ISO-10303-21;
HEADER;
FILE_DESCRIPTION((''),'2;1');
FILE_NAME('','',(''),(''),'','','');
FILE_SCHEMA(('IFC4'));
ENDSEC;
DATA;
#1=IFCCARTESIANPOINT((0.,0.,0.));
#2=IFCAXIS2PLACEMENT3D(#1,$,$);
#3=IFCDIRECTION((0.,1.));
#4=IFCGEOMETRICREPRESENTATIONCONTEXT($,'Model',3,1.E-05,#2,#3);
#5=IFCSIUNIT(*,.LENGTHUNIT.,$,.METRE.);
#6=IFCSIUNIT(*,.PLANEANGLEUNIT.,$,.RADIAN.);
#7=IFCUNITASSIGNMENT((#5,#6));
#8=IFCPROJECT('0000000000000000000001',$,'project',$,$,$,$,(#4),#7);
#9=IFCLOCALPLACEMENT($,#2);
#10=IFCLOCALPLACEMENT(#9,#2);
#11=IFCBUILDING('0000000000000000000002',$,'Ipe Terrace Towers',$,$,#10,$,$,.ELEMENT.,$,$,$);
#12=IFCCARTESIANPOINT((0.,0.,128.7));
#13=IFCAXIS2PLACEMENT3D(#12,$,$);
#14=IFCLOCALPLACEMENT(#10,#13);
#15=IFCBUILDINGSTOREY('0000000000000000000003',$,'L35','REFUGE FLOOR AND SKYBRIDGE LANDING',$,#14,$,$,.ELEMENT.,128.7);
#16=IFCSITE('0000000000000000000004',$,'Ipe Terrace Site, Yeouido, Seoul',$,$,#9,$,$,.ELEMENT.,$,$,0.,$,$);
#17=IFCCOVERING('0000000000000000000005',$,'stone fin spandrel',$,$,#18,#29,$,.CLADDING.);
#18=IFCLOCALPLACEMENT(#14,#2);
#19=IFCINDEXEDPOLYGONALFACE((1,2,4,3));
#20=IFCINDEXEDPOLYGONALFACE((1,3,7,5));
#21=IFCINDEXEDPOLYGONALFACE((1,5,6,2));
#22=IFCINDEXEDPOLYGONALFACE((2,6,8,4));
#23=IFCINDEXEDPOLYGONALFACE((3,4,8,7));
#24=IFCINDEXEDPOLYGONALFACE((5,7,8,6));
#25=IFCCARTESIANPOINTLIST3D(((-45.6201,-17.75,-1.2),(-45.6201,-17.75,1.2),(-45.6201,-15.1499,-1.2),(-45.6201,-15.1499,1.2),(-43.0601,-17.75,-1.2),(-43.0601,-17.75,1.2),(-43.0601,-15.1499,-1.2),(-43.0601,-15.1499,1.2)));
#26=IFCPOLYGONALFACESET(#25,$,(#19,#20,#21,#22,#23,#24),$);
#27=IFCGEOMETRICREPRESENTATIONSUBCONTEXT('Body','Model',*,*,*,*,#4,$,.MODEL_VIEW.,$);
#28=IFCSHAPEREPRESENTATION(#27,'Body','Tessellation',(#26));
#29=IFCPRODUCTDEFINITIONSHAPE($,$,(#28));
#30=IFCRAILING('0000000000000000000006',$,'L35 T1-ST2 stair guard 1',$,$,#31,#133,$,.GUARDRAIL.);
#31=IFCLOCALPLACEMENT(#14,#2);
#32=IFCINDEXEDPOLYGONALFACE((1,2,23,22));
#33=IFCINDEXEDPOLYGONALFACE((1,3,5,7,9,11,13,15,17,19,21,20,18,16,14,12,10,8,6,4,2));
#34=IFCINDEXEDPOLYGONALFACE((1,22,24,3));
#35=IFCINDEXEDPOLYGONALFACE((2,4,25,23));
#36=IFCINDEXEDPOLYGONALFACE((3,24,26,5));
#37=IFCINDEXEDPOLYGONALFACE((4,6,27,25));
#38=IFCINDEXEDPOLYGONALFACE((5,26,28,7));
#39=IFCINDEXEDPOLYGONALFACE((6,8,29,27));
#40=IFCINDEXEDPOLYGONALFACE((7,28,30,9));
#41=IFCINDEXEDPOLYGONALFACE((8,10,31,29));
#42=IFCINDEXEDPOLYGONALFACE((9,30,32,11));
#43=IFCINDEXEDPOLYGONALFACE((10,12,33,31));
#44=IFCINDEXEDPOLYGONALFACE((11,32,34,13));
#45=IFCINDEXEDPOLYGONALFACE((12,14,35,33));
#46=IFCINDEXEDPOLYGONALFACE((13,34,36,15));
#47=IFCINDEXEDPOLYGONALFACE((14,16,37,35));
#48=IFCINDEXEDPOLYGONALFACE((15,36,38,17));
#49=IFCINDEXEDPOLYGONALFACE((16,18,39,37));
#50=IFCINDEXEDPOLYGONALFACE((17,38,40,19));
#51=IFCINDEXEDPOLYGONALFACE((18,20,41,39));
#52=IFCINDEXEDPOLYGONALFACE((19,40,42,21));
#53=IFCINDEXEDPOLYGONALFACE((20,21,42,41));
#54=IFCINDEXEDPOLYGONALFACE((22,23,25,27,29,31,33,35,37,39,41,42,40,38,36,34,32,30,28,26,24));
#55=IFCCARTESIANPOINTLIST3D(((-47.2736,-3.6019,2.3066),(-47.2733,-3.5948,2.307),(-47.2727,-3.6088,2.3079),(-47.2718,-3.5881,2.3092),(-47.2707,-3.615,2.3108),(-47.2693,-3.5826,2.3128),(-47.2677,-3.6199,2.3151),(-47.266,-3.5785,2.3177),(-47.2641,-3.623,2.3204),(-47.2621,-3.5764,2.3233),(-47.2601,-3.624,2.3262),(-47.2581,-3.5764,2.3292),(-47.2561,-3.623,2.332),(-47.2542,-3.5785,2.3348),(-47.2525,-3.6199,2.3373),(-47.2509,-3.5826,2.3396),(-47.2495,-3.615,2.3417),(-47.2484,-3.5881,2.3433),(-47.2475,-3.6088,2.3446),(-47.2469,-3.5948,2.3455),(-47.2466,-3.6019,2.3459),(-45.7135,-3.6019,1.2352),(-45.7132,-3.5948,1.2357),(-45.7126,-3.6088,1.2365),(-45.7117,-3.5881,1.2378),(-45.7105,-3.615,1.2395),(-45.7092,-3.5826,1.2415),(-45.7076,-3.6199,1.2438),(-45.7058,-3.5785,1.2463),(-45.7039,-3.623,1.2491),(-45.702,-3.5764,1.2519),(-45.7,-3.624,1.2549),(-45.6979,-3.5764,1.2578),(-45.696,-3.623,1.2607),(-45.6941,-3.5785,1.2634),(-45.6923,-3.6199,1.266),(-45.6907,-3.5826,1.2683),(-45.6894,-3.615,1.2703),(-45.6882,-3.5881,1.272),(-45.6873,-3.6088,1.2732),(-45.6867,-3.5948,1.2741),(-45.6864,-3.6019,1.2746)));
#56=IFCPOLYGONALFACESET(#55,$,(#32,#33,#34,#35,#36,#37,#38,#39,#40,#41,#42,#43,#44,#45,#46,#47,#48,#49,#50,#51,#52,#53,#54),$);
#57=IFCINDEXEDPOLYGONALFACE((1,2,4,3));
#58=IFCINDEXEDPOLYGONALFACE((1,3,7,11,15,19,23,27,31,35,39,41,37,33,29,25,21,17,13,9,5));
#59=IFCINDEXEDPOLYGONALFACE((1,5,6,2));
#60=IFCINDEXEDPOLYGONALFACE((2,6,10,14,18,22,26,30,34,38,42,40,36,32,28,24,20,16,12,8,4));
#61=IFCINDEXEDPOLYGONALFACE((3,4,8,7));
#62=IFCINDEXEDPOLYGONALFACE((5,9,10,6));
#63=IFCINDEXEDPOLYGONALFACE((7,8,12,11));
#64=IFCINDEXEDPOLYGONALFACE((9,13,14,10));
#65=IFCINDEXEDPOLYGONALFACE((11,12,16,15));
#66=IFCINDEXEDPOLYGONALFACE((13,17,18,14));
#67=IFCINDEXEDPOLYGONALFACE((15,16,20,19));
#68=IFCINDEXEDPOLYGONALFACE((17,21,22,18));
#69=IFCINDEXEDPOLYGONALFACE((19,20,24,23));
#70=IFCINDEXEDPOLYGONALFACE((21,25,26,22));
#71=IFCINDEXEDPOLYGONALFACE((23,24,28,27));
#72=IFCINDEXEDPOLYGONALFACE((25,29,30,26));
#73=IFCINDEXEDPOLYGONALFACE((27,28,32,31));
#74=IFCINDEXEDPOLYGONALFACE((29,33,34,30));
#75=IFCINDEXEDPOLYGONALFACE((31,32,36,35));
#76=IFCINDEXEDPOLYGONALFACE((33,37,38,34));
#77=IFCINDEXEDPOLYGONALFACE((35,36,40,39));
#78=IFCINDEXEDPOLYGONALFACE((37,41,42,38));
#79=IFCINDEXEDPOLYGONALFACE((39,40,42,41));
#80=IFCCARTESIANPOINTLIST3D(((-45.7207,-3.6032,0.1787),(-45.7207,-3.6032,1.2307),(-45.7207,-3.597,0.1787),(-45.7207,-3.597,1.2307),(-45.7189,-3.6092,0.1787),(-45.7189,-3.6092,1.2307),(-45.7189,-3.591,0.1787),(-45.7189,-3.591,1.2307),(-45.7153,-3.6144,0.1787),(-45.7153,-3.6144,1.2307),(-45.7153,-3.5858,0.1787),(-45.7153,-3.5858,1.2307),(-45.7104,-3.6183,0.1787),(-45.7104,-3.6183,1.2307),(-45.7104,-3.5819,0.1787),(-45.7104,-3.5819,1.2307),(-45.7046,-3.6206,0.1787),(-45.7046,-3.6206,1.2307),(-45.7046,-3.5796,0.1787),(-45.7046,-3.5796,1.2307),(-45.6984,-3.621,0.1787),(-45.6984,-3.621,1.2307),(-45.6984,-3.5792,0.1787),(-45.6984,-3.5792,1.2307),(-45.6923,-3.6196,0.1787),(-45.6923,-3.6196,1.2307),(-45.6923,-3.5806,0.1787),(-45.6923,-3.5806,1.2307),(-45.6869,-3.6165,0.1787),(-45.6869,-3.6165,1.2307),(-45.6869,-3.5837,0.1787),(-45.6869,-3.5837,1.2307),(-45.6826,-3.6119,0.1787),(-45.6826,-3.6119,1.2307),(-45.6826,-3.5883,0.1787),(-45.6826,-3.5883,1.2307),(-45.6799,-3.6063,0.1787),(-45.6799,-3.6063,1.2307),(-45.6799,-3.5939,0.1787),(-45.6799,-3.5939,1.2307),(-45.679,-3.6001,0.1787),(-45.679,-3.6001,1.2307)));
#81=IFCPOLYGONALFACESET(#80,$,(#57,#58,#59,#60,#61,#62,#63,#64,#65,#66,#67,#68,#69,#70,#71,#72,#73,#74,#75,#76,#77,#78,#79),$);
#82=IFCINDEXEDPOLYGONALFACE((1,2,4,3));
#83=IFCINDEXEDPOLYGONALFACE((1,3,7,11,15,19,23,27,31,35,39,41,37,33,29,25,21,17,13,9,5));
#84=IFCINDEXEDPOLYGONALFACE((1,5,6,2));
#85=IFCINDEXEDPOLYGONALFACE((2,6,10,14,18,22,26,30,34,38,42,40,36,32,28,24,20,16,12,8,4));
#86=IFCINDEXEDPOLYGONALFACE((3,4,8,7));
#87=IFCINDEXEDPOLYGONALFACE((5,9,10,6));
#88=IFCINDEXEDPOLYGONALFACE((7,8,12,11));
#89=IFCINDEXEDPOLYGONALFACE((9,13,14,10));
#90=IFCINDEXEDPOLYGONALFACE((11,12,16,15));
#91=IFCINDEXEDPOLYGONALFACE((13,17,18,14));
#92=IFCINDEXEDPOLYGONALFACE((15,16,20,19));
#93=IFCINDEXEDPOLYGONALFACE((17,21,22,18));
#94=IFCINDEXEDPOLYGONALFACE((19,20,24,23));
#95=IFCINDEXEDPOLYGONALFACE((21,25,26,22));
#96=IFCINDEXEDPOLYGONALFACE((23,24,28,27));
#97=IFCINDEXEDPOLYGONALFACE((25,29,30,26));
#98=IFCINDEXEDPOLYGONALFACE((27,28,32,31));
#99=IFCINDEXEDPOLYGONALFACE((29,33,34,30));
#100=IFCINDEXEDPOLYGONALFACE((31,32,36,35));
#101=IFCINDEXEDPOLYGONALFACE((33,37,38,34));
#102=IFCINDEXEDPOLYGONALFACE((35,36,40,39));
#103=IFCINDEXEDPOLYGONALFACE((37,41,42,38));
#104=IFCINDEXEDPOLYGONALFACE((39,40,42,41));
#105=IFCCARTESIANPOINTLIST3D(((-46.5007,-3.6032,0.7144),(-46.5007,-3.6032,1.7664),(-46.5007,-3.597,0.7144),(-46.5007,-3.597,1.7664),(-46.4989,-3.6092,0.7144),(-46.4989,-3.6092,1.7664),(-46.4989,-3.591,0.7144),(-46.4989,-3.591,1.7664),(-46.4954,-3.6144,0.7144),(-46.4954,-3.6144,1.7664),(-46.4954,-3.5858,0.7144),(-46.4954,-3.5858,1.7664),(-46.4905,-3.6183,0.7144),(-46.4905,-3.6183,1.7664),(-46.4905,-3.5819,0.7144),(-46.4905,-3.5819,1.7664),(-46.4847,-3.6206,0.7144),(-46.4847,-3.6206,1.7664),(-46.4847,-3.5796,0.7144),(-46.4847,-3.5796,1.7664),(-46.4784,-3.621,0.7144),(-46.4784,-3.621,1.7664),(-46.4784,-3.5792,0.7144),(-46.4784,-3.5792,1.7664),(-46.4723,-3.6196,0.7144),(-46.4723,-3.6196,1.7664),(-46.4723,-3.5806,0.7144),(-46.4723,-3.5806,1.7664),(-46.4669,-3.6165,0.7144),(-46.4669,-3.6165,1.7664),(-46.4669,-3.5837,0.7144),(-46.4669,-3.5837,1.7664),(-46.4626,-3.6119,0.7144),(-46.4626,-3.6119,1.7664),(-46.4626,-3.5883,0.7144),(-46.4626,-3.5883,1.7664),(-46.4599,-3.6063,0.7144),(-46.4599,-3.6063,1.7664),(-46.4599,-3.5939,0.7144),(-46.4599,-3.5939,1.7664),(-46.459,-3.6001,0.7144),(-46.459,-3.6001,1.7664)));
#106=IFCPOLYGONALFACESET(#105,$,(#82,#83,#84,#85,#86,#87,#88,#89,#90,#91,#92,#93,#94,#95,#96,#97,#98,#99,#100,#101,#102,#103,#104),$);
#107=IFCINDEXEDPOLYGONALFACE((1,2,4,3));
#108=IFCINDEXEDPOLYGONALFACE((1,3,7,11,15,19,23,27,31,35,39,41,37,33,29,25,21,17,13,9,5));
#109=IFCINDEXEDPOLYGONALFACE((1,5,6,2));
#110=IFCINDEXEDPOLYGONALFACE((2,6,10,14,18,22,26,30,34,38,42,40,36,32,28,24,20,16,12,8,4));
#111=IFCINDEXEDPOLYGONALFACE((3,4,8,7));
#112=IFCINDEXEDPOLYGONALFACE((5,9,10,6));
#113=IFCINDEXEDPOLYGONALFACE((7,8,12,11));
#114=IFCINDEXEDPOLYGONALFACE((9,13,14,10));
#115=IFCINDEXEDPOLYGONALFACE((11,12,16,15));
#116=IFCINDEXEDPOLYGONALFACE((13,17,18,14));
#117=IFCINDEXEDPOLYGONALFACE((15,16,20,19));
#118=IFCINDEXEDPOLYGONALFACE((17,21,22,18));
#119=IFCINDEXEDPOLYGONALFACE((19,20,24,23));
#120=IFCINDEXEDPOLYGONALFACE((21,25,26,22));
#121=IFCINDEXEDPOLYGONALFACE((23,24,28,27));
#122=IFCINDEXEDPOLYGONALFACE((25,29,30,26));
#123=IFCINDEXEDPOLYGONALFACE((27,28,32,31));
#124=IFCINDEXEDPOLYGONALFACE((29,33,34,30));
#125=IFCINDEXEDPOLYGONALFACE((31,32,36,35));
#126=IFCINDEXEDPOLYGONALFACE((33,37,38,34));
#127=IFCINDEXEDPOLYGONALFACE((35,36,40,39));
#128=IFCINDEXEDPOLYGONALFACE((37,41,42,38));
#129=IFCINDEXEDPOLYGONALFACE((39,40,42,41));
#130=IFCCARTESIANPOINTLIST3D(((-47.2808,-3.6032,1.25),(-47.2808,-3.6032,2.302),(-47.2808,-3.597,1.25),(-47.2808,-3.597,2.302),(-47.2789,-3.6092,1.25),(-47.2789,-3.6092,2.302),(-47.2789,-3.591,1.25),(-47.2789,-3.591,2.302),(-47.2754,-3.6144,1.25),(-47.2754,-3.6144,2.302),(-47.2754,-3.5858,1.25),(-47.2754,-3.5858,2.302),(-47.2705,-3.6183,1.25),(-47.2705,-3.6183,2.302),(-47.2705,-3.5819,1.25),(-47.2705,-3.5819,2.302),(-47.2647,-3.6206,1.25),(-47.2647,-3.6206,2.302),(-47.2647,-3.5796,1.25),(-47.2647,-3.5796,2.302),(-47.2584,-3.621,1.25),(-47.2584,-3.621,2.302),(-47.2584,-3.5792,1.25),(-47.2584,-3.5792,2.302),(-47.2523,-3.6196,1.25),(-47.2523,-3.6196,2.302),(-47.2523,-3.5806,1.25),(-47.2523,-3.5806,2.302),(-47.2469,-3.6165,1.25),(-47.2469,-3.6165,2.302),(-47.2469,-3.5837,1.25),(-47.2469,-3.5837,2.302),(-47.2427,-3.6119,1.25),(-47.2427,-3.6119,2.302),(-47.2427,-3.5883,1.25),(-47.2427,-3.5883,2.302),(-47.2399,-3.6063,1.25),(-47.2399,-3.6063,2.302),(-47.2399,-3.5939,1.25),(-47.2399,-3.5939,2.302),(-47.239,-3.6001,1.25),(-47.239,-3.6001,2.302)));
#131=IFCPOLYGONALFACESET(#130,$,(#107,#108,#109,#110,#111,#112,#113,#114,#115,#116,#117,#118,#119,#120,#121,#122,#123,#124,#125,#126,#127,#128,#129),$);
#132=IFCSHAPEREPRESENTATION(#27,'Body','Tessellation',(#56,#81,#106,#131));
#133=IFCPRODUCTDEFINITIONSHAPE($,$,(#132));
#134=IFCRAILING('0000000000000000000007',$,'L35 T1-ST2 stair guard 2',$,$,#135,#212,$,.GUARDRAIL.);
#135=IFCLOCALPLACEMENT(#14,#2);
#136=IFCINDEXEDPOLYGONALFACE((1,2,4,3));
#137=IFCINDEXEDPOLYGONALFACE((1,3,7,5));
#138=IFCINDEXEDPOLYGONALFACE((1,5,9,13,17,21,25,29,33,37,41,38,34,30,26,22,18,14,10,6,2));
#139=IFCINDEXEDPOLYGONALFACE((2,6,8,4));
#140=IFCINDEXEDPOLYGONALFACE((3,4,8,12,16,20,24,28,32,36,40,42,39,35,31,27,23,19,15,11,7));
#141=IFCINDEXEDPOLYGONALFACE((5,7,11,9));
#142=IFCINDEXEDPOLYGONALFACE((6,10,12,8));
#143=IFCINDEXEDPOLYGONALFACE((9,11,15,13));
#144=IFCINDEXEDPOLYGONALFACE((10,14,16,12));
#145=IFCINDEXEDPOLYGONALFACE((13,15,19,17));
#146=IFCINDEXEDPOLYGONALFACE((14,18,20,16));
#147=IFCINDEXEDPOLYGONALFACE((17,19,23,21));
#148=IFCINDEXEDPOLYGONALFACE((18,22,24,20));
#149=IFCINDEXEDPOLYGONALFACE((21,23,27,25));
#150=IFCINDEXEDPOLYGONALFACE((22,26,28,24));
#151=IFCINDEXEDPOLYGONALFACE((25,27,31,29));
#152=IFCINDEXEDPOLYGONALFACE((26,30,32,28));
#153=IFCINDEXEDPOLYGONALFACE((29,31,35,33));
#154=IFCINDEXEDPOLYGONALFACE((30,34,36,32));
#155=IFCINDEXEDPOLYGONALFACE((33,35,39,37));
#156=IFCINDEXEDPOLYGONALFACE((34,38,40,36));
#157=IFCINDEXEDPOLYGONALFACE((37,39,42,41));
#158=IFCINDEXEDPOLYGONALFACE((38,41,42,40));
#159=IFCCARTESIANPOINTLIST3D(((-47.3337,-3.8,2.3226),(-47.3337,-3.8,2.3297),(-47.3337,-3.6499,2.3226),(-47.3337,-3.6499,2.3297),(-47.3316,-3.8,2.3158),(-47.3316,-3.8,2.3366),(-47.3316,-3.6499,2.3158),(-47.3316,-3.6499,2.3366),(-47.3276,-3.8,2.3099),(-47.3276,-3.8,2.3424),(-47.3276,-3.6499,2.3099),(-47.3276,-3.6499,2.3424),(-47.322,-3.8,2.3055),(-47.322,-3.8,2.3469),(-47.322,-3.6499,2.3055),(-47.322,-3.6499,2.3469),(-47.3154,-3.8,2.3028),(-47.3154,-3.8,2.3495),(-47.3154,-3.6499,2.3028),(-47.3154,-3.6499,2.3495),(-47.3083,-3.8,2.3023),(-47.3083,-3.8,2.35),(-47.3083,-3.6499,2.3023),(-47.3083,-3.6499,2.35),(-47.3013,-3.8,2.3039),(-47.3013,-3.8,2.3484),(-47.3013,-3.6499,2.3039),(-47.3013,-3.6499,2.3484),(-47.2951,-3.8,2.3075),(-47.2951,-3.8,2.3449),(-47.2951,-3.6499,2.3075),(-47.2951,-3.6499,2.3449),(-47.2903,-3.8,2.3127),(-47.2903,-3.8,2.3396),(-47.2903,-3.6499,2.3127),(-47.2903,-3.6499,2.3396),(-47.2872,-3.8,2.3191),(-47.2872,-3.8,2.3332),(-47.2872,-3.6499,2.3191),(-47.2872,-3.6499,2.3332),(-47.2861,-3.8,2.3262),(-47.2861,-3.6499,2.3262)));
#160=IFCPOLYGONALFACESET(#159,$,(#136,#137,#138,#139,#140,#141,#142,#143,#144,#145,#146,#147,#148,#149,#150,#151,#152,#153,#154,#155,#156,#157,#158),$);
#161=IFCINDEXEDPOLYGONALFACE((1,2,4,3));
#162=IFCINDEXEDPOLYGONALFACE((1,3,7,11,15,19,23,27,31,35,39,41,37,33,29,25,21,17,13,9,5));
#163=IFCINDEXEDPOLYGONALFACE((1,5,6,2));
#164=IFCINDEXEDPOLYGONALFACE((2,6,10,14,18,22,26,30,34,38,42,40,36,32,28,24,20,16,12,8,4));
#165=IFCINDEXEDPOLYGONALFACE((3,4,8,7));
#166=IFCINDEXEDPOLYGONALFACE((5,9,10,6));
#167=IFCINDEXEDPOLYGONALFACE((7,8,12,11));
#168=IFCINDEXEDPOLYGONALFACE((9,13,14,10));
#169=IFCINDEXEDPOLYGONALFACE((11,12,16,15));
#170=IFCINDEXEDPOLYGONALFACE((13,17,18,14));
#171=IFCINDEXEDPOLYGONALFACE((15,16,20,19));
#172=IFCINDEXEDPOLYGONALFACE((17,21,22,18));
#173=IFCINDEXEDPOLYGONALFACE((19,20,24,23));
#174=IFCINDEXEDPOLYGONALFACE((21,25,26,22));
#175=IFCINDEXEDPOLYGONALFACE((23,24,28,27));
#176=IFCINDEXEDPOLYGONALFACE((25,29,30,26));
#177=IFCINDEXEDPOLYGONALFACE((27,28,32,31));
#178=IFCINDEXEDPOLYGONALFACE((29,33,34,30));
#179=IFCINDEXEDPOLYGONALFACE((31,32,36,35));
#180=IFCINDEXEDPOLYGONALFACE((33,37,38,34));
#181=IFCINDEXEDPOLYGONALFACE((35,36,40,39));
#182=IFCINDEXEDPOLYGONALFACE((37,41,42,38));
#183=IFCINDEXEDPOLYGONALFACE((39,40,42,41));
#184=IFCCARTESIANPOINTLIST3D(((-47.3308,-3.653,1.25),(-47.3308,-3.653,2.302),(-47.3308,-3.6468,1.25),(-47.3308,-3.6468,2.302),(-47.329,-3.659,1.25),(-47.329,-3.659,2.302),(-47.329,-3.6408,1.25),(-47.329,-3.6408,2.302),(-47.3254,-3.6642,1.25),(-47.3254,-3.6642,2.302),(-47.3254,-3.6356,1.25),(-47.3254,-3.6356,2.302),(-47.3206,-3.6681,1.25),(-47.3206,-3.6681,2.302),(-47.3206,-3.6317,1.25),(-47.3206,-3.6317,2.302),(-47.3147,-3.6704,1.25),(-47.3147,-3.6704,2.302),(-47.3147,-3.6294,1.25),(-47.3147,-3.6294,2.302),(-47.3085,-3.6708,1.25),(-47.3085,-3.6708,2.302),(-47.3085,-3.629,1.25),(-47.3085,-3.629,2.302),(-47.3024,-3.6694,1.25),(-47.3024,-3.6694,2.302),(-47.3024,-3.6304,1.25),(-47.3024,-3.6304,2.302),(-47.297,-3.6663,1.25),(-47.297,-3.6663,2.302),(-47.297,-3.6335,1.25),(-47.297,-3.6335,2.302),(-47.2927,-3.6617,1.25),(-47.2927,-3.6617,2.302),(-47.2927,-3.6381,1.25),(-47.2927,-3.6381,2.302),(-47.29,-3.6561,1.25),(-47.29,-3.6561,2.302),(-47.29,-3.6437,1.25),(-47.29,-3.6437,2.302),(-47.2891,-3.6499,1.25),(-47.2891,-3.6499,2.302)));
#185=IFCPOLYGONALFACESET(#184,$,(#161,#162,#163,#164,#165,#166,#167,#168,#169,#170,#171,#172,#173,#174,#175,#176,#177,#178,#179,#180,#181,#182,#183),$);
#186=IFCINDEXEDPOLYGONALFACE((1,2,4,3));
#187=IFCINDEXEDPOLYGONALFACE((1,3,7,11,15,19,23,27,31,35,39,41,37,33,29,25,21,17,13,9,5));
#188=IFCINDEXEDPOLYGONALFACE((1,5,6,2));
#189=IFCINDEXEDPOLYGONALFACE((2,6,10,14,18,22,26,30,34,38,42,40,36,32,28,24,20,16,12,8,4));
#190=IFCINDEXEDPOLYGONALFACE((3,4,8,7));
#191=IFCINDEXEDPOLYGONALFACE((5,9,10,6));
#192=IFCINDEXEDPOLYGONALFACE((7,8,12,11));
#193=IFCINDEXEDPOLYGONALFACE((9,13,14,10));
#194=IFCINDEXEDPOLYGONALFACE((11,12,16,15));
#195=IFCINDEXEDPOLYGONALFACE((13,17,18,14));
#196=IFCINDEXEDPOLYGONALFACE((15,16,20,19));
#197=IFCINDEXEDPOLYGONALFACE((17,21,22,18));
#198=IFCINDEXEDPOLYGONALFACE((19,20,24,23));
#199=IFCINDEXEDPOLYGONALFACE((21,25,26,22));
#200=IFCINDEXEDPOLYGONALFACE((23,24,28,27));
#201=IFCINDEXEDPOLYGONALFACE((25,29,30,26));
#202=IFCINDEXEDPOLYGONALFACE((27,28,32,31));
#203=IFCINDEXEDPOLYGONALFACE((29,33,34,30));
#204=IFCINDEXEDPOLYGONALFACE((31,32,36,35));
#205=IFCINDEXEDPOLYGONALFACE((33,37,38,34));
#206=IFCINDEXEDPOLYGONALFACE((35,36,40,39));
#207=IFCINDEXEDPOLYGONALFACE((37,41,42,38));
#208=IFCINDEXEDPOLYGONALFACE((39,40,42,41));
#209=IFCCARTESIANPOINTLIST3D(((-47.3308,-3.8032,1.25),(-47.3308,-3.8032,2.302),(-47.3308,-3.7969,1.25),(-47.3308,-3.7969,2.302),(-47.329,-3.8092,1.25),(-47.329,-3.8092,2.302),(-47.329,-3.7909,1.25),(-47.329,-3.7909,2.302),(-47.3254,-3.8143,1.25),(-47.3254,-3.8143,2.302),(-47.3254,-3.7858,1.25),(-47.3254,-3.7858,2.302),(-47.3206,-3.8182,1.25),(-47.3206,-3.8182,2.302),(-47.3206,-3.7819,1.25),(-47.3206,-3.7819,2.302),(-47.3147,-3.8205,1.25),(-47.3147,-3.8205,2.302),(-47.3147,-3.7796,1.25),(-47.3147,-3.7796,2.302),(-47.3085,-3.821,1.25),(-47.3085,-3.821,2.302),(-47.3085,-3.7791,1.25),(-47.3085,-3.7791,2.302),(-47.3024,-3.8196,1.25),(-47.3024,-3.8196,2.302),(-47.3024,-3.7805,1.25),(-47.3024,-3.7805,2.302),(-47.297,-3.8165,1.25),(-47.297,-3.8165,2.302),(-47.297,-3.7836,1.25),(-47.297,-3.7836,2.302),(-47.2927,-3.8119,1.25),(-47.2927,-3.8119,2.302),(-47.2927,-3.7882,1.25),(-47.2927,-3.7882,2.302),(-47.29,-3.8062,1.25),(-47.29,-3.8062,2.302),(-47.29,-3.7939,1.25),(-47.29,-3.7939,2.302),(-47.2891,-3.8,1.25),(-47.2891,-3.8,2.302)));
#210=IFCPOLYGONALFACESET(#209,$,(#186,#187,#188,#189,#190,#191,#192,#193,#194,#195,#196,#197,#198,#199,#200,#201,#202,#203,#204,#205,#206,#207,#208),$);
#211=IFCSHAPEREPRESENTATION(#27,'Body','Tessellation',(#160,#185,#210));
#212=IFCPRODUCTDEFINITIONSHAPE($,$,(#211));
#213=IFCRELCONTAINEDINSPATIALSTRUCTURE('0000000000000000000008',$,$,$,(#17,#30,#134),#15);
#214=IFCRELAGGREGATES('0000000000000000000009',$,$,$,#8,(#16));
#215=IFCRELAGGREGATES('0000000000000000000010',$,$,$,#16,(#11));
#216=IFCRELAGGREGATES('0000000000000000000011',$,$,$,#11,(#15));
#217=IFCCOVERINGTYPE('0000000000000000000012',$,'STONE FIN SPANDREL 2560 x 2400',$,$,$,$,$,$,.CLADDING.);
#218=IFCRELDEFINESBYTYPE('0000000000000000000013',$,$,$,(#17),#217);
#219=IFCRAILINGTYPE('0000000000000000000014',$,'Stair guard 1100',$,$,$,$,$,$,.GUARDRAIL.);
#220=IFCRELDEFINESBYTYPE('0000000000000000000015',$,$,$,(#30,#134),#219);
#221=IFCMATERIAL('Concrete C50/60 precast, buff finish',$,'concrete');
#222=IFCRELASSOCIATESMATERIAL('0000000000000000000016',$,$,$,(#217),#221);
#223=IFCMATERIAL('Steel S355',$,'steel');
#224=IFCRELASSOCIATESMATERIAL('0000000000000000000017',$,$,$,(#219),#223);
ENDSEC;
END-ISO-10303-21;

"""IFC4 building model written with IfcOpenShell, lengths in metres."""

from ifc_helpers import new_model, si_unit, direction, frame, origin, origin_2d, place, context, subcontext, project, spatial, rectangle, circle, extrude, material, material_profile, profile_set, type_object, element, save


model = new_model("IFC4")

# Units and contexts
model_context = context("Model", 3, precision=1e-05, world=origin(), true_north=direction((0.0, 1.0)))
body_context = subcontext(model_context, "Body", "Model", "MODEL_VIEW")
ifc_project = project(units=[si_unit("LENGTHUNIT", "METRE"), si_unit("PLANEANGLEUNIT", "RADIAN")], contexts=[model_context])

# Site, building, storey
site_placement = place(None, origin())
site = spatial("IfcSite", under=ifc_project, at=site_placement, Name="Ipe Terrace Site, Yeouido, Seoul", CompositionType="ELEMENT", RefElevation=0.0)
building_placement = place(site_placement, origin())
building = spatial("IfcBuilding", under=site, at=building_placement, Name="Ipe Terrace Towers", CompositionType="ELEMENT")
storey_placement = place(building_placement, frame((0.0, 0.0, 128.7)))
storey = spatial("IfcBuildingStorey", under=building, at=storey_placement, Name="L35", Description="REFUGE FLOOR AND SKYBRIDGE LANDING", CompositionType="ELEMENT", Elevation=128.7)

# Covering
ifc_material_1 = material(Name="Concrete C50/60 precast, buff finish", Category="concrete")
ifc_material_profile_1 = material_profile(ifc_material_1, rectangle(XDim=2.5601, YDim=2.3999, at=origin_2d()), Name="STONE FIN SPANDREL 2560 x 2400")
ifc_profile_set_1 = profile_set([ifc_material_profile_1], Name="Concrete C50/60 precast, buff finish")
covering_type_1 = type_object("IfcCoveringType", Name="STONE FIN SPANDREL 2560 x 2400", PredefinedType="CLADDING", material=ifc_profile_set_1)
covering_1_placement = place(storey_placement, frame((-44.3401, -15.1499, 0.0), z_axis=(0.0, -1.0, 0.0), x_axis=(-1.0, 0.0, 0.0)))
element("IfcCovering", 1, at=covering_1_placement, inside=storey, type_object=covering_type_1, Name="stone fin spandrel", PredefinedType="CLADDING", context=body_context, shape_type="SweptSolid", body=[
    extrude(rectangle(XDim=2.5601, YDim=2.3999, at=origin_2d()), origin(), (0.0, 0.0, 1.0), 2.6001),
])

# Railings
ifc_material_2 = material(Name="Steel S355", Category="steel")
railing_type_1 = type_object("IfcRailingType", Name="Stair guard 1100", PredefinedType="GUARDRAIL", material=ifc_material_2)
railing_1_placement = place(storey_placement, frame((-45.7, -3.6001, 0.1787)))
element("IfcRailing", 2, at=railing_1_placement, inside=storey, type_object=railing_type_1, Name="L35 T1-ST2 stair guard 1", PredefinedType="GUARDRAIL", context=body_context, shape_type="SweptSolid", body=[
    extrude(circle(Radius=0.0239, at=origin_2d()), frame((0.0, 0.0, 1.0762), z_axis=(-0.82435, 0.0, 0.56608), x_axis=(0.0, -1.0, 0.0)), (0.0, 0.0, 1.0), 1.8926),
    extrude(circle(Radius=0.021, at=origin_2d()), origin(), (0.0, 0.0, 1.0), 1.052),
    extrude(circle(Radius=0.021, at=origin_2d()), frame((-0.78, 0.0, 0.5356)), (0.0, 0.0, 1.0), 1.052),
    extrude(circle(Radius=0.021, at=origin_2d()), frame((-1.5601, 0.0, 1.0713)), (0.0, 0.0, 1.0), 1.052),
])
railing_2_placement = place(storey_placement, frame((-47.3101, -3.6499, 1.25)))
element("IfcRailing", 3, at=railing_2_placement, inside=storey, type_object=railing_type_1, Name="L35 T1-ST2 stair guard 2", PredefinedType="GUARDRAIL", context=body_context, shape_type="SweptSolid", body=[
    extrude(circle(Radius=0.0239, at=origin_2d()), frame((0.0, 0.0, 1.0762), z_axis=(0.0, -1.0, 0.0), x_axis=(1.0, 0.0, 0.0)), (0.0, 0.0, 1.0), 0.1501),
    extrude(circle(Radius=0.021, at=origin_2d()), origin(), (0.0, 0.0, 1.0), 1.052),
    extrude(circle(Radius=0.021, at=origin_2d()), frame((0.0, -0.1501, 0.0)), (0.0, 0.0, 1.0), 1.052),
])

save(model, "model.ifc")
